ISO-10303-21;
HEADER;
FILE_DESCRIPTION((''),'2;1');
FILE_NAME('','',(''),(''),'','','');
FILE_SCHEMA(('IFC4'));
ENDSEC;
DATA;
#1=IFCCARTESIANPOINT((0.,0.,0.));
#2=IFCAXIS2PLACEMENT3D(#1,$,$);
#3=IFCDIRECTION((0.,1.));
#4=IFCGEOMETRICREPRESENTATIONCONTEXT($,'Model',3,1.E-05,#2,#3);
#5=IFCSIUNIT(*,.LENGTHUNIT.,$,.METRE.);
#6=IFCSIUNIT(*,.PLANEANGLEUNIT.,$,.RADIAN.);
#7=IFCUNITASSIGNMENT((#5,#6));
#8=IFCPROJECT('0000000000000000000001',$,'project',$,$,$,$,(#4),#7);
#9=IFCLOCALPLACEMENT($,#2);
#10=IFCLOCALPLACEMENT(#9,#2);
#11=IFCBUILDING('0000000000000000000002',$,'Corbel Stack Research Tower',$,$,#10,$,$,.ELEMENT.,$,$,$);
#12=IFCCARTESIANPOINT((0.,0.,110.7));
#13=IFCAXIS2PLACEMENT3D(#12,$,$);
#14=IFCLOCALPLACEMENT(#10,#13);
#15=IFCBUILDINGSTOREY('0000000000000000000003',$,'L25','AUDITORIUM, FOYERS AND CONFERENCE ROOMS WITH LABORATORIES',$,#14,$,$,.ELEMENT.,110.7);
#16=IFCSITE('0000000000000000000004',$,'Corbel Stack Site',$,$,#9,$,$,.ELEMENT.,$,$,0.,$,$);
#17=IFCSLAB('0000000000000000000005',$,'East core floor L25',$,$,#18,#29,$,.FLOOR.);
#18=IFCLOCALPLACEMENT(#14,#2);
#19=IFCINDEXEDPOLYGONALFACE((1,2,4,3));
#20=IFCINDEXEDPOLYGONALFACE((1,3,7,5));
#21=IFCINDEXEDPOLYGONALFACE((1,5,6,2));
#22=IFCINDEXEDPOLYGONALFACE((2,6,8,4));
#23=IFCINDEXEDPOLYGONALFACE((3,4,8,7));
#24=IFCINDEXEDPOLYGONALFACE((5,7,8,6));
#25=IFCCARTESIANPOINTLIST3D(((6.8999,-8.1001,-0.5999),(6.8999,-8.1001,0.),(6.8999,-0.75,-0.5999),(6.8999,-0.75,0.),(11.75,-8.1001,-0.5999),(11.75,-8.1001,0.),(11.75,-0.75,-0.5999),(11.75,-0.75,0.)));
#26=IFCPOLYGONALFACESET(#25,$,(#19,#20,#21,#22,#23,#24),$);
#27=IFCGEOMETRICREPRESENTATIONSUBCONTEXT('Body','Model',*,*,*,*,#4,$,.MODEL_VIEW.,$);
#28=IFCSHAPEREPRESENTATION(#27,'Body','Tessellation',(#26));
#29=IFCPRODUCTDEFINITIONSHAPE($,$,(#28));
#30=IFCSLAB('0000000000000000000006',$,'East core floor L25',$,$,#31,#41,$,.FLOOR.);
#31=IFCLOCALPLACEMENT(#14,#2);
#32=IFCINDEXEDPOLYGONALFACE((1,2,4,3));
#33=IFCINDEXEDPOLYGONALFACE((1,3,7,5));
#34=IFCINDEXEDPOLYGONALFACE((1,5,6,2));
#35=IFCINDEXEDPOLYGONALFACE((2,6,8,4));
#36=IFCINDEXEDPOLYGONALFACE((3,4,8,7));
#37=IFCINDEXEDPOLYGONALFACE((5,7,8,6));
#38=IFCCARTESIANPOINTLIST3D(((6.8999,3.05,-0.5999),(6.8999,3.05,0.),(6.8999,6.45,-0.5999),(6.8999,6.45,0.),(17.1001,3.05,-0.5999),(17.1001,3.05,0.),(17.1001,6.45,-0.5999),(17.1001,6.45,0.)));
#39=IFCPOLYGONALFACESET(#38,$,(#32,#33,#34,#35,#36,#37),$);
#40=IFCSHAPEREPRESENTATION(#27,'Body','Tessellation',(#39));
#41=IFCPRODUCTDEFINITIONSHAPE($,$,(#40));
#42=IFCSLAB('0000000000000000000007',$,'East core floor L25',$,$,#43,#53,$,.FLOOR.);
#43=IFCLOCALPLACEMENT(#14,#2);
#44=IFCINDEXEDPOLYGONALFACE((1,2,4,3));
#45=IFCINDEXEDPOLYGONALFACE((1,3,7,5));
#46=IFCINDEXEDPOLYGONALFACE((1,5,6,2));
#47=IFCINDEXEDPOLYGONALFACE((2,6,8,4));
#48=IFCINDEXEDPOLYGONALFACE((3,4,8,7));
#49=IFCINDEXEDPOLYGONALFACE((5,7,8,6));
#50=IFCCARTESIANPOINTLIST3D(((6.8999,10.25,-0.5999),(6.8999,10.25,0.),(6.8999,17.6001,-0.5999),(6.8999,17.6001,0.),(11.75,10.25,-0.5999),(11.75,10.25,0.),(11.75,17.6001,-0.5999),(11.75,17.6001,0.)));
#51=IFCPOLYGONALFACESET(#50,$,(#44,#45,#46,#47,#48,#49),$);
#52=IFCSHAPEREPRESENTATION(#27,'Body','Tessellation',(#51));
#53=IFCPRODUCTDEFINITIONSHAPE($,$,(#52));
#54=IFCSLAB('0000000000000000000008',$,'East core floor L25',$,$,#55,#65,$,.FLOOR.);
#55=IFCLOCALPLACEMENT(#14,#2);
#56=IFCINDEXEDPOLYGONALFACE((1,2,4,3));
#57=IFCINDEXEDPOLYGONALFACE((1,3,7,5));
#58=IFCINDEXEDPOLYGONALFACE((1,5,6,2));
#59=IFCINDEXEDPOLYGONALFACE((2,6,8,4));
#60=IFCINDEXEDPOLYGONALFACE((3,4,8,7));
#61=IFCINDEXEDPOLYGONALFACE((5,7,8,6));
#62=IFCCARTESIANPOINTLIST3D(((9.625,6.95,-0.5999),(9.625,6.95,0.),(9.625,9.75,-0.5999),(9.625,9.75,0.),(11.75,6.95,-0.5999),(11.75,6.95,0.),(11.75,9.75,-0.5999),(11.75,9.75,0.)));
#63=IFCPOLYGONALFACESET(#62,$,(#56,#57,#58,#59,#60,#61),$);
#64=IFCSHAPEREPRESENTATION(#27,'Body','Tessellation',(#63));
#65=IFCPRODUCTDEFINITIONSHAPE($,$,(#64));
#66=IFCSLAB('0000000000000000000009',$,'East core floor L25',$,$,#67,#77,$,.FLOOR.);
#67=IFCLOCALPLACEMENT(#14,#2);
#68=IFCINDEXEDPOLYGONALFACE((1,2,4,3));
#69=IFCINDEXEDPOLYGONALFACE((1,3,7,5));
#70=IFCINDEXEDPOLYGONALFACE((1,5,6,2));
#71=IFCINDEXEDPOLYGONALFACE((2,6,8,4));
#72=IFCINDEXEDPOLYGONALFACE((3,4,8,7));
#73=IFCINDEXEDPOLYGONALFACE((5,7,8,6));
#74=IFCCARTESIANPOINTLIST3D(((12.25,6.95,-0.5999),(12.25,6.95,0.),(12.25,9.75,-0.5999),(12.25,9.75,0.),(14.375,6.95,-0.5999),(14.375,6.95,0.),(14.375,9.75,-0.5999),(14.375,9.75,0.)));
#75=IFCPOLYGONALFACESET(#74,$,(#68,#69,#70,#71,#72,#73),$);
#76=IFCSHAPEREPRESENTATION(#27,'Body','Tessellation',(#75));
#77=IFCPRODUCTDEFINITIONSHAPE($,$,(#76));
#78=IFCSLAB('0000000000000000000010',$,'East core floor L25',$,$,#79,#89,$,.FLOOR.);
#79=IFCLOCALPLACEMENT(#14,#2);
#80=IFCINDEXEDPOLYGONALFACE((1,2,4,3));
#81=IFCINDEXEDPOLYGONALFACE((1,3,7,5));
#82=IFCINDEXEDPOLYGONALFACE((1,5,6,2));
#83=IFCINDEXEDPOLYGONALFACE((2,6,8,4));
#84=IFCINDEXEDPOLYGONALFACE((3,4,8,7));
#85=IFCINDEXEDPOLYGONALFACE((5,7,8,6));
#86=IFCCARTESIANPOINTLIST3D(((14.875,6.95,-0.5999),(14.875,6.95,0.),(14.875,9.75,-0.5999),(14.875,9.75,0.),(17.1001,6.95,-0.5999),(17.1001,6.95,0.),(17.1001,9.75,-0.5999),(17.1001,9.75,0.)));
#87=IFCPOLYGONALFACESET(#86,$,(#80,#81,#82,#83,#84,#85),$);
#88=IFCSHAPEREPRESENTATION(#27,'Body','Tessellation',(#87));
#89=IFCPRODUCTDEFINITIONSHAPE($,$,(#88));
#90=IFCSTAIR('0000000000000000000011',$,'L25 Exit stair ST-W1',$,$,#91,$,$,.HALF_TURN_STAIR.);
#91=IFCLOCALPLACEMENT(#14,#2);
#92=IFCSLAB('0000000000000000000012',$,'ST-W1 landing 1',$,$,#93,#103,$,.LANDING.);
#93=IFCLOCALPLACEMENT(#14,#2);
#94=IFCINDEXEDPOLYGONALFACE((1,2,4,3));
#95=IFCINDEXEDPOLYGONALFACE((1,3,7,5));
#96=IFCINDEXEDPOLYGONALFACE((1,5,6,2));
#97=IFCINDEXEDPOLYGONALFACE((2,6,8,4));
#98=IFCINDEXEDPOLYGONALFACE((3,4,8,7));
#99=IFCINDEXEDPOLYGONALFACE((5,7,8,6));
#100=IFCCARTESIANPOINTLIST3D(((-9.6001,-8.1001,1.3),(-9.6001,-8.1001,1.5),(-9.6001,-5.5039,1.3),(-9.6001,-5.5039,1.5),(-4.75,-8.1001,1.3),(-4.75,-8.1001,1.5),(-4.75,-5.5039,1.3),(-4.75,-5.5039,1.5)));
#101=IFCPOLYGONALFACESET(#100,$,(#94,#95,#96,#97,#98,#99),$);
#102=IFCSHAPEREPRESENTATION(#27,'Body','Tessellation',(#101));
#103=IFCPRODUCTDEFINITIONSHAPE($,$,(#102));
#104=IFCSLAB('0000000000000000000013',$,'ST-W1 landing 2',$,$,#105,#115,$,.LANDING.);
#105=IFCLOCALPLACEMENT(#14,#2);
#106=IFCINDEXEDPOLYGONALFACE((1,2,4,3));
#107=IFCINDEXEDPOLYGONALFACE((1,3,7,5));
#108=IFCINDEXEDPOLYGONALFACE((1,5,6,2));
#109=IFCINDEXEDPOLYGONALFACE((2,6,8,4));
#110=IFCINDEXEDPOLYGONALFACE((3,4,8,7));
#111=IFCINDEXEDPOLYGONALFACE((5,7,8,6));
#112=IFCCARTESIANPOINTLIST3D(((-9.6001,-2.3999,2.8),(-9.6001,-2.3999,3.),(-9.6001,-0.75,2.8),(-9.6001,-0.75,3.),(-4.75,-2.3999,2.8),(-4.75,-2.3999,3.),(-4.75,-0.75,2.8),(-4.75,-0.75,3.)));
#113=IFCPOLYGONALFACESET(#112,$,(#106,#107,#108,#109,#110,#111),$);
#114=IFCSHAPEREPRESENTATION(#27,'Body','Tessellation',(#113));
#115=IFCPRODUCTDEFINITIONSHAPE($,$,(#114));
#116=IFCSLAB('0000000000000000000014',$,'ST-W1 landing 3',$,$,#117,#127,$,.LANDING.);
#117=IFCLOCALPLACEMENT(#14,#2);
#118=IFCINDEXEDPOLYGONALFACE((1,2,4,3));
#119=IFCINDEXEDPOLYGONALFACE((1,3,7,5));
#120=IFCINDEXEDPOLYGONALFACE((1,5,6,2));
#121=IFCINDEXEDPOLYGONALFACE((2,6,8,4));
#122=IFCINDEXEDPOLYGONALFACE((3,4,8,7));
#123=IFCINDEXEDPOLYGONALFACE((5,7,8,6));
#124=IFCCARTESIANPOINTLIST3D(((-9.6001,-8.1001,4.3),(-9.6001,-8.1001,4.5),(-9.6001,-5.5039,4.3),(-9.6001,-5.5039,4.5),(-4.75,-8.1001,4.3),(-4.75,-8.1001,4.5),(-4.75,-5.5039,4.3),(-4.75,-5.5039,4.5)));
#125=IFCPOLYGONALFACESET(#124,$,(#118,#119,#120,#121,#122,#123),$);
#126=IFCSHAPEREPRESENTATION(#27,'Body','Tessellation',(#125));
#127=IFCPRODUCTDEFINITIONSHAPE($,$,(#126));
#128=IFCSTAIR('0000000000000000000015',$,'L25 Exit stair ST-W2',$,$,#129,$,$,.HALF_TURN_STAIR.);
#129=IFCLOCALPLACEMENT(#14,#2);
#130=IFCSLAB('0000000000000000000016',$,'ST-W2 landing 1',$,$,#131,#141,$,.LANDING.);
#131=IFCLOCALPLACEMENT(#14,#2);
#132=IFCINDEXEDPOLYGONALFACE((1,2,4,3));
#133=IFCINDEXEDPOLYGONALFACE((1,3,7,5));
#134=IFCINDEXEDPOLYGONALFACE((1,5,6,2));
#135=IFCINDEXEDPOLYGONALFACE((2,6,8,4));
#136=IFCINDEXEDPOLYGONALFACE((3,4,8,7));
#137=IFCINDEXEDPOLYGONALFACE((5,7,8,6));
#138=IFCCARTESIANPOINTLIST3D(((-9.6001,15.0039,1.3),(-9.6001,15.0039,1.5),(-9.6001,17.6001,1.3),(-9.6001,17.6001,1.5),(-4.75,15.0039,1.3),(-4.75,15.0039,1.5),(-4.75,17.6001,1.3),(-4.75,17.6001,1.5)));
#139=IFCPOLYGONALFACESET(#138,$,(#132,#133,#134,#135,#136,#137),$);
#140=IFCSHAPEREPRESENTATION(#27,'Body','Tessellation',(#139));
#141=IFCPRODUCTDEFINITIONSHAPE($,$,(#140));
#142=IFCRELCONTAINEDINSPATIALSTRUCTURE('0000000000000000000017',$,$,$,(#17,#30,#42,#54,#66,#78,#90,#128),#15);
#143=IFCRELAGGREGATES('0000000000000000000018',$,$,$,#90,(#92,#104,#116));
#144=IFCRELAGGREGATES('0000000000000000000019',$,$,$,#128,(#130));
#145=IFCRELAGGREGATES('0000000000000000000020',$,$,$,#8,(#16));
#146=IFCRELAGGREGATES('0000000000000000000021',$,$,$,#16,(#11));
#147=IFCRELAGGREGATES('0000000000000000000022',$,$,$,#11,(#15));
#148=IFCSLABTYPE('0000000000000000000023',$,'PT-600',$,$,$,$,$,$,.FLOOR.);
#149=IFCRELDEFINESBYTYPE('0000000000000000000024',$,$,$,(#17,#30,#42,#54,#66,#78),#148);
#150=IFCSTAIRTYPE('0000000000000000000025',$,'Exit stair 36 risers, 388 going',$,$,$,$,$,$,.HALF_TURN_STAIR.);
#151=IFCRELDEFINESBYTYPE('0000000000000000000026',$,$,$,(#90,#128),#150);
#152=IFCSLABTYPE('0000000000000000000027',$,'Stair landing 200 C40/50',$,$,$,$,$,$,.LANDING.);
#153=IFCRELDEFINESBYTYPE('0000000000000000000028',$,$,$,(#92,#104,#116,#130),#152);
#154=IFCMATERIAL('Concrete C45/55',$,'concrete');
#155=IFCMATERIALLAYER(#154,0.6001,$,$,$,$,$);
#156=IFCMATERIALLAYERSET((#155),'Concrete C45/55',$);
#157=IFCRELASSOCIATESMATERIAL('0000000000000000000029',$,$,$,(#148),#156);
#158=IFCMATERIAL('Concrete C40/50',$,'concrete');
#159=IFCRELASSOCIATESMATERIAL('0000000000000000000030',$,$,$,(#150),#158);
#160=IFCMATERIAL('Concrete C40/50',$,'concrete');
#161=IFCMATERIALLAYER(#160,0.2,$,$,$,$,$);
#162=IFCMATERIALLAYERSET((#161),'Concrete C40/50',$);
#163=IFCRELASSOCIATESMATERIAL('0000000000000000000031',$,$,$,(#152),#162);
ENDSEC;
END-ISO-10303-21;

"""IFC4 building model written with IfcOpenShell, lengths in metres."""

from ifc_helpers import new_model, si_unit, direction, frame, origin, place, context, subcontext, project, spatial, polyline, outline, extrude, material, layer, layer_set, type_object, element, aggregate, save


model = new_model("IFC4")

# Units and contexts
model_context = context("Model", 3, precision=1e-05, world=origin(), true_north=direction((0.0, 1.0)))
body_context = subcontext(model_context, "Body", "Model", "MODEL_VIEW")
ifc_project = project(units=[si_unit("LENGTHUNIT", "METRE"), si_unit("PLANEANGLEUNIT", "RADIAN")], contexts=[model_context])

# Site, building, storey
site_placement = place(None, origin())
site = spatial("IfcSite", under=ifc_project, at=site_placement, Name="Corbel Stack Site", CompositionType="ELEMENT", RefElevation=0.0)
building_placement = place(site_placement, origin())
building = spatial("IfcBuilding", under=site, at=building_placement, Name="Corbel Stack Research Tower", CompositionType="ELEMENT")
storey_placement = place(building_placement, frame((0.0, 0.0, 110.7)))
storey = spatial("IfcBuildingStorey", under=building, at=storey_placement, Name="L25", Description="AUDITORIUM, FOYERS AND CONFERENCE ROOMS WITH LABORATORIES", CompositionType="ELEMENT", Elevation=110.7)

# Slabs
ifc_material_1 = material(Name="Concrete C45/55", Category="concrete")
ifc_layer_1 = layer(ifc_material_1, 0.6001)
ifc_layer_set_1 = layer_set([ifc_layer_1], Name="Concrete C45/55")
slab_type_1 = type_object("IfcSlabType", Name="PT-600", PredefinedType="FLOOR", material=ifc_layer_set_1)
slab_1_placement = place(storey_placement, frame((0.0, 0.0, -0.5999)))
element("IfcSlab", 1, at=slab_1_placement, inside=storey, type_object=slab_type_1, Name="East core floor L25", PredefinedType="FLOOR", context=body_context, shape_type="SweptSolid", body=[
    extrude(outline(polyline([(11.75, -0.75), (6.8999, -0.75), (6.8999, -8.1001), (11.75, -8.1001), (11.75, -0.75)])), origin(), (0.0, 0.0, 1.0), 0.5999),
])
slab_2_placement = place(storey_placement, frame((0.0, 0.0, -0.5999)))
element("IfcSlab", 2, at=slab_2_placement, inside=storey, type_object=slab_type_1, Name="East core floor L25", PredefinedType="FLOOR", context=body_context, shape_type="SweptSolid", body=[
    extrude(outline(polyline([(6.8999, 6.45), (6.8999, 3.05), (17.1001, 3.05), (17.1001, 6.45), (6.8999, 6.45)])), origin(), (0.0, 0.0, 1.0), 0.5999),
])
slab_3_placement = place(storey_placement, frame((0.0, 0.0, -0.5999)))
element("IfcSlab", 3, at=slab_3_placement, inside=storey, type_object=slab_type_1, Name="East core floor L25", PredefinedType="FLOOR", context=body_context, shape_type="SweptSolid", body=[
    extrude(outline(polyline([(6.8999, 17.6001), (6.8999, 10.25), (11.75, 10.25), (11.75, 17.6001), (6.8999, 17.6001)])), origin(), (0.0, 0.0, 1.0), 0.5999),
])
slab_4_placement = place(storey_placement, frame((0.0, 0.0, -0.5999)))
element("IfcSlab", 4, at=slab_4_placement, inside=storey, type_object=slab_type_1, Name="East core floor L25", PredefinedType="FLOOR", context=body_context, shape_type="SweptSolid", body=[
    extrude(outline(polyline([(9.625, 6.95), (11.75, 6.95), (11.75, 9.75), (9.625, 9.75), (9.625, 6.95)])), origin(), (0.0, 0.0, 1.0), 0.5999),
])
slab_5_placement = place(storey_placement, frame((0.0, 0.0, -0.5999)))
element("IfcSlab", 5, at=slab_5_placement, inside=storey, type_object=slab_type_1, Name="East core floor L25", PredefinedType="FLOOR", context=body_context, shape_type="SweptSolid", body=[
    extrude(outline(polyline([(14.375, 6.95), (14.375, 9.75), (12.25, 9.75), (12.25, 6.95), (14.375, 6.95)])), origin(), (0.0, 0.0, 1.0), 0.5999),
])
slab_6_placement = place(storey_placement, frame((0.0, 0.0, -0.5999)))
element("IfcSlab", 6, at=slab_6_placement, inside=storey, type_object=slab_type_1, Name="East core floor L25", PredefinedType="FLOOR", context=body_context, shape_type="SweptSolid", body=[
    extrude(outline(polyline([(17.1001, 6.95), (17.1001, 9.75), (14.875, 9.75), (14.875, 6.95), (17.1001, 6.95)])), origin(), (0.0, 0.0, 1.0), 0.5999),
])

# Stair, slabs
ifc_material_2 = material(Name="Concrete C40/50", Category="concrete")
stair_type = type_object("IfcStairType", Name="Exit stair 36 risers, 388 going", PredefinedType="HALF_TURN_STAIR", material=ifc_material_2)
stair_1_placement = place(storey_placement, origin())
stair_1 = element("IfcStair", 7, at=stair_1_placement, inside=storey, type_object=stair_type, Name="L25 Exit stair ST-W1", PredefinedType="HALF_TURN_STAIR")
ifc_material_3 = material(Name="Concrete C40/50", Category="concrete")
ifc_layer_2 = layer(ifc_material_3, 0.2)
ifc_layer_set_2 = layer_set([ifc_layer_2], Name="Concrete C40/50")
slab_type_2 = type_object("IfcSlabType", Name="Stair landing 200 C40/50", PredefinedType="LANDING", material=ifc_layer_set_2)
slab_7_placement = place(storey_placement, frame((0.0, 0.0, 1.3)))
slab_7 = element("IfcSlab", 8, at=slab_7_placement, type_object=slab_type_2, Name="ST-W1 landing 1", PredefinedType="LANDING", context=body_context, shape_type="SweptSolid", body=[
    extrude(outline(polyline([(-9.6001, -8.1001), (-9.6001, -5.5039), (-4.75, -5.5039), (-4.75, -8.1001), (-9.6001, -8.1001)])), origin(), (0.0, 0.0, 1.0), 0.2),
])
slab_8_placement = place(storey_placement, frame((0.0, 0.0, 2.8)))
slab_8 = element("IfcSlab", 9, at=slab_8_placement, type_object=slab_type_2, Name="ST-W1 landing 2", PredefinedType="LANDING", context=body_context, shape_type="SweptSolid", body=[
    extrude(outline(polyline([(-9.6001, -2.3999), (-9.6001, -0.75), (-4.75, -0.75), (-4.75, -2.3999), (-9.6001, -2.3999)])), origin(), (0.0, 0.0, 1.0), 0.2),
])
slab_9_placement = place(storey_placement, frame((0.0, 0.0, 4.3)))
slab_9 = element("IfcSlab", 10, at=slab_9_placement, type_object=slab_type_2, Name="ST-W1 landing 3", PredefinedType="LANDING", context=body_context, shape_type="SweptSolid", body=[
    extrude(outline(polyline([(-9.6001, -8.1001), (-9.6001, -5.5039), (-4.75, -5.5039), (-4.75, -8.1001), (-9.6001, -8.1001)])), origin(), (0.0, 0.0, 1.0), 0.2),
])
aggregate(stair_1, [slab_7, slab_8, slab_9])

# Stair, slab
stair_2_placement = place(storey_placement, origin())
stair_2 = element("IfcStair", 11, at=stair_2_placement, inside=storey, type_object=stair_type, Name="L25 Exit stair ST-W2", PredefinedType="HALF_TURN_STAIR")
slab_10_placement = place(storey_placement, frame((0.0, 0.0, 1.3)))
slab_10 = element("IfcSlab", 12, at=slab_10_placement, type_object=slab_type_2, Name="ST-W2 landing 1", PredefinedType="LANDING", context=body_context, shape_type="SweptSolid", body=[
    extrude(outline(polyline([(-9.6001, 15.0039), (-9.6001, 17.6001), (-4.75, 17.6001), (-4.75, 15.0039), (-9.6001, 15.0039)])), origin(), (0.0, 0.0, 1.0), 0.2),
])
aggregate(stair_2, [slab_10])

save(model, "model.ifc")
